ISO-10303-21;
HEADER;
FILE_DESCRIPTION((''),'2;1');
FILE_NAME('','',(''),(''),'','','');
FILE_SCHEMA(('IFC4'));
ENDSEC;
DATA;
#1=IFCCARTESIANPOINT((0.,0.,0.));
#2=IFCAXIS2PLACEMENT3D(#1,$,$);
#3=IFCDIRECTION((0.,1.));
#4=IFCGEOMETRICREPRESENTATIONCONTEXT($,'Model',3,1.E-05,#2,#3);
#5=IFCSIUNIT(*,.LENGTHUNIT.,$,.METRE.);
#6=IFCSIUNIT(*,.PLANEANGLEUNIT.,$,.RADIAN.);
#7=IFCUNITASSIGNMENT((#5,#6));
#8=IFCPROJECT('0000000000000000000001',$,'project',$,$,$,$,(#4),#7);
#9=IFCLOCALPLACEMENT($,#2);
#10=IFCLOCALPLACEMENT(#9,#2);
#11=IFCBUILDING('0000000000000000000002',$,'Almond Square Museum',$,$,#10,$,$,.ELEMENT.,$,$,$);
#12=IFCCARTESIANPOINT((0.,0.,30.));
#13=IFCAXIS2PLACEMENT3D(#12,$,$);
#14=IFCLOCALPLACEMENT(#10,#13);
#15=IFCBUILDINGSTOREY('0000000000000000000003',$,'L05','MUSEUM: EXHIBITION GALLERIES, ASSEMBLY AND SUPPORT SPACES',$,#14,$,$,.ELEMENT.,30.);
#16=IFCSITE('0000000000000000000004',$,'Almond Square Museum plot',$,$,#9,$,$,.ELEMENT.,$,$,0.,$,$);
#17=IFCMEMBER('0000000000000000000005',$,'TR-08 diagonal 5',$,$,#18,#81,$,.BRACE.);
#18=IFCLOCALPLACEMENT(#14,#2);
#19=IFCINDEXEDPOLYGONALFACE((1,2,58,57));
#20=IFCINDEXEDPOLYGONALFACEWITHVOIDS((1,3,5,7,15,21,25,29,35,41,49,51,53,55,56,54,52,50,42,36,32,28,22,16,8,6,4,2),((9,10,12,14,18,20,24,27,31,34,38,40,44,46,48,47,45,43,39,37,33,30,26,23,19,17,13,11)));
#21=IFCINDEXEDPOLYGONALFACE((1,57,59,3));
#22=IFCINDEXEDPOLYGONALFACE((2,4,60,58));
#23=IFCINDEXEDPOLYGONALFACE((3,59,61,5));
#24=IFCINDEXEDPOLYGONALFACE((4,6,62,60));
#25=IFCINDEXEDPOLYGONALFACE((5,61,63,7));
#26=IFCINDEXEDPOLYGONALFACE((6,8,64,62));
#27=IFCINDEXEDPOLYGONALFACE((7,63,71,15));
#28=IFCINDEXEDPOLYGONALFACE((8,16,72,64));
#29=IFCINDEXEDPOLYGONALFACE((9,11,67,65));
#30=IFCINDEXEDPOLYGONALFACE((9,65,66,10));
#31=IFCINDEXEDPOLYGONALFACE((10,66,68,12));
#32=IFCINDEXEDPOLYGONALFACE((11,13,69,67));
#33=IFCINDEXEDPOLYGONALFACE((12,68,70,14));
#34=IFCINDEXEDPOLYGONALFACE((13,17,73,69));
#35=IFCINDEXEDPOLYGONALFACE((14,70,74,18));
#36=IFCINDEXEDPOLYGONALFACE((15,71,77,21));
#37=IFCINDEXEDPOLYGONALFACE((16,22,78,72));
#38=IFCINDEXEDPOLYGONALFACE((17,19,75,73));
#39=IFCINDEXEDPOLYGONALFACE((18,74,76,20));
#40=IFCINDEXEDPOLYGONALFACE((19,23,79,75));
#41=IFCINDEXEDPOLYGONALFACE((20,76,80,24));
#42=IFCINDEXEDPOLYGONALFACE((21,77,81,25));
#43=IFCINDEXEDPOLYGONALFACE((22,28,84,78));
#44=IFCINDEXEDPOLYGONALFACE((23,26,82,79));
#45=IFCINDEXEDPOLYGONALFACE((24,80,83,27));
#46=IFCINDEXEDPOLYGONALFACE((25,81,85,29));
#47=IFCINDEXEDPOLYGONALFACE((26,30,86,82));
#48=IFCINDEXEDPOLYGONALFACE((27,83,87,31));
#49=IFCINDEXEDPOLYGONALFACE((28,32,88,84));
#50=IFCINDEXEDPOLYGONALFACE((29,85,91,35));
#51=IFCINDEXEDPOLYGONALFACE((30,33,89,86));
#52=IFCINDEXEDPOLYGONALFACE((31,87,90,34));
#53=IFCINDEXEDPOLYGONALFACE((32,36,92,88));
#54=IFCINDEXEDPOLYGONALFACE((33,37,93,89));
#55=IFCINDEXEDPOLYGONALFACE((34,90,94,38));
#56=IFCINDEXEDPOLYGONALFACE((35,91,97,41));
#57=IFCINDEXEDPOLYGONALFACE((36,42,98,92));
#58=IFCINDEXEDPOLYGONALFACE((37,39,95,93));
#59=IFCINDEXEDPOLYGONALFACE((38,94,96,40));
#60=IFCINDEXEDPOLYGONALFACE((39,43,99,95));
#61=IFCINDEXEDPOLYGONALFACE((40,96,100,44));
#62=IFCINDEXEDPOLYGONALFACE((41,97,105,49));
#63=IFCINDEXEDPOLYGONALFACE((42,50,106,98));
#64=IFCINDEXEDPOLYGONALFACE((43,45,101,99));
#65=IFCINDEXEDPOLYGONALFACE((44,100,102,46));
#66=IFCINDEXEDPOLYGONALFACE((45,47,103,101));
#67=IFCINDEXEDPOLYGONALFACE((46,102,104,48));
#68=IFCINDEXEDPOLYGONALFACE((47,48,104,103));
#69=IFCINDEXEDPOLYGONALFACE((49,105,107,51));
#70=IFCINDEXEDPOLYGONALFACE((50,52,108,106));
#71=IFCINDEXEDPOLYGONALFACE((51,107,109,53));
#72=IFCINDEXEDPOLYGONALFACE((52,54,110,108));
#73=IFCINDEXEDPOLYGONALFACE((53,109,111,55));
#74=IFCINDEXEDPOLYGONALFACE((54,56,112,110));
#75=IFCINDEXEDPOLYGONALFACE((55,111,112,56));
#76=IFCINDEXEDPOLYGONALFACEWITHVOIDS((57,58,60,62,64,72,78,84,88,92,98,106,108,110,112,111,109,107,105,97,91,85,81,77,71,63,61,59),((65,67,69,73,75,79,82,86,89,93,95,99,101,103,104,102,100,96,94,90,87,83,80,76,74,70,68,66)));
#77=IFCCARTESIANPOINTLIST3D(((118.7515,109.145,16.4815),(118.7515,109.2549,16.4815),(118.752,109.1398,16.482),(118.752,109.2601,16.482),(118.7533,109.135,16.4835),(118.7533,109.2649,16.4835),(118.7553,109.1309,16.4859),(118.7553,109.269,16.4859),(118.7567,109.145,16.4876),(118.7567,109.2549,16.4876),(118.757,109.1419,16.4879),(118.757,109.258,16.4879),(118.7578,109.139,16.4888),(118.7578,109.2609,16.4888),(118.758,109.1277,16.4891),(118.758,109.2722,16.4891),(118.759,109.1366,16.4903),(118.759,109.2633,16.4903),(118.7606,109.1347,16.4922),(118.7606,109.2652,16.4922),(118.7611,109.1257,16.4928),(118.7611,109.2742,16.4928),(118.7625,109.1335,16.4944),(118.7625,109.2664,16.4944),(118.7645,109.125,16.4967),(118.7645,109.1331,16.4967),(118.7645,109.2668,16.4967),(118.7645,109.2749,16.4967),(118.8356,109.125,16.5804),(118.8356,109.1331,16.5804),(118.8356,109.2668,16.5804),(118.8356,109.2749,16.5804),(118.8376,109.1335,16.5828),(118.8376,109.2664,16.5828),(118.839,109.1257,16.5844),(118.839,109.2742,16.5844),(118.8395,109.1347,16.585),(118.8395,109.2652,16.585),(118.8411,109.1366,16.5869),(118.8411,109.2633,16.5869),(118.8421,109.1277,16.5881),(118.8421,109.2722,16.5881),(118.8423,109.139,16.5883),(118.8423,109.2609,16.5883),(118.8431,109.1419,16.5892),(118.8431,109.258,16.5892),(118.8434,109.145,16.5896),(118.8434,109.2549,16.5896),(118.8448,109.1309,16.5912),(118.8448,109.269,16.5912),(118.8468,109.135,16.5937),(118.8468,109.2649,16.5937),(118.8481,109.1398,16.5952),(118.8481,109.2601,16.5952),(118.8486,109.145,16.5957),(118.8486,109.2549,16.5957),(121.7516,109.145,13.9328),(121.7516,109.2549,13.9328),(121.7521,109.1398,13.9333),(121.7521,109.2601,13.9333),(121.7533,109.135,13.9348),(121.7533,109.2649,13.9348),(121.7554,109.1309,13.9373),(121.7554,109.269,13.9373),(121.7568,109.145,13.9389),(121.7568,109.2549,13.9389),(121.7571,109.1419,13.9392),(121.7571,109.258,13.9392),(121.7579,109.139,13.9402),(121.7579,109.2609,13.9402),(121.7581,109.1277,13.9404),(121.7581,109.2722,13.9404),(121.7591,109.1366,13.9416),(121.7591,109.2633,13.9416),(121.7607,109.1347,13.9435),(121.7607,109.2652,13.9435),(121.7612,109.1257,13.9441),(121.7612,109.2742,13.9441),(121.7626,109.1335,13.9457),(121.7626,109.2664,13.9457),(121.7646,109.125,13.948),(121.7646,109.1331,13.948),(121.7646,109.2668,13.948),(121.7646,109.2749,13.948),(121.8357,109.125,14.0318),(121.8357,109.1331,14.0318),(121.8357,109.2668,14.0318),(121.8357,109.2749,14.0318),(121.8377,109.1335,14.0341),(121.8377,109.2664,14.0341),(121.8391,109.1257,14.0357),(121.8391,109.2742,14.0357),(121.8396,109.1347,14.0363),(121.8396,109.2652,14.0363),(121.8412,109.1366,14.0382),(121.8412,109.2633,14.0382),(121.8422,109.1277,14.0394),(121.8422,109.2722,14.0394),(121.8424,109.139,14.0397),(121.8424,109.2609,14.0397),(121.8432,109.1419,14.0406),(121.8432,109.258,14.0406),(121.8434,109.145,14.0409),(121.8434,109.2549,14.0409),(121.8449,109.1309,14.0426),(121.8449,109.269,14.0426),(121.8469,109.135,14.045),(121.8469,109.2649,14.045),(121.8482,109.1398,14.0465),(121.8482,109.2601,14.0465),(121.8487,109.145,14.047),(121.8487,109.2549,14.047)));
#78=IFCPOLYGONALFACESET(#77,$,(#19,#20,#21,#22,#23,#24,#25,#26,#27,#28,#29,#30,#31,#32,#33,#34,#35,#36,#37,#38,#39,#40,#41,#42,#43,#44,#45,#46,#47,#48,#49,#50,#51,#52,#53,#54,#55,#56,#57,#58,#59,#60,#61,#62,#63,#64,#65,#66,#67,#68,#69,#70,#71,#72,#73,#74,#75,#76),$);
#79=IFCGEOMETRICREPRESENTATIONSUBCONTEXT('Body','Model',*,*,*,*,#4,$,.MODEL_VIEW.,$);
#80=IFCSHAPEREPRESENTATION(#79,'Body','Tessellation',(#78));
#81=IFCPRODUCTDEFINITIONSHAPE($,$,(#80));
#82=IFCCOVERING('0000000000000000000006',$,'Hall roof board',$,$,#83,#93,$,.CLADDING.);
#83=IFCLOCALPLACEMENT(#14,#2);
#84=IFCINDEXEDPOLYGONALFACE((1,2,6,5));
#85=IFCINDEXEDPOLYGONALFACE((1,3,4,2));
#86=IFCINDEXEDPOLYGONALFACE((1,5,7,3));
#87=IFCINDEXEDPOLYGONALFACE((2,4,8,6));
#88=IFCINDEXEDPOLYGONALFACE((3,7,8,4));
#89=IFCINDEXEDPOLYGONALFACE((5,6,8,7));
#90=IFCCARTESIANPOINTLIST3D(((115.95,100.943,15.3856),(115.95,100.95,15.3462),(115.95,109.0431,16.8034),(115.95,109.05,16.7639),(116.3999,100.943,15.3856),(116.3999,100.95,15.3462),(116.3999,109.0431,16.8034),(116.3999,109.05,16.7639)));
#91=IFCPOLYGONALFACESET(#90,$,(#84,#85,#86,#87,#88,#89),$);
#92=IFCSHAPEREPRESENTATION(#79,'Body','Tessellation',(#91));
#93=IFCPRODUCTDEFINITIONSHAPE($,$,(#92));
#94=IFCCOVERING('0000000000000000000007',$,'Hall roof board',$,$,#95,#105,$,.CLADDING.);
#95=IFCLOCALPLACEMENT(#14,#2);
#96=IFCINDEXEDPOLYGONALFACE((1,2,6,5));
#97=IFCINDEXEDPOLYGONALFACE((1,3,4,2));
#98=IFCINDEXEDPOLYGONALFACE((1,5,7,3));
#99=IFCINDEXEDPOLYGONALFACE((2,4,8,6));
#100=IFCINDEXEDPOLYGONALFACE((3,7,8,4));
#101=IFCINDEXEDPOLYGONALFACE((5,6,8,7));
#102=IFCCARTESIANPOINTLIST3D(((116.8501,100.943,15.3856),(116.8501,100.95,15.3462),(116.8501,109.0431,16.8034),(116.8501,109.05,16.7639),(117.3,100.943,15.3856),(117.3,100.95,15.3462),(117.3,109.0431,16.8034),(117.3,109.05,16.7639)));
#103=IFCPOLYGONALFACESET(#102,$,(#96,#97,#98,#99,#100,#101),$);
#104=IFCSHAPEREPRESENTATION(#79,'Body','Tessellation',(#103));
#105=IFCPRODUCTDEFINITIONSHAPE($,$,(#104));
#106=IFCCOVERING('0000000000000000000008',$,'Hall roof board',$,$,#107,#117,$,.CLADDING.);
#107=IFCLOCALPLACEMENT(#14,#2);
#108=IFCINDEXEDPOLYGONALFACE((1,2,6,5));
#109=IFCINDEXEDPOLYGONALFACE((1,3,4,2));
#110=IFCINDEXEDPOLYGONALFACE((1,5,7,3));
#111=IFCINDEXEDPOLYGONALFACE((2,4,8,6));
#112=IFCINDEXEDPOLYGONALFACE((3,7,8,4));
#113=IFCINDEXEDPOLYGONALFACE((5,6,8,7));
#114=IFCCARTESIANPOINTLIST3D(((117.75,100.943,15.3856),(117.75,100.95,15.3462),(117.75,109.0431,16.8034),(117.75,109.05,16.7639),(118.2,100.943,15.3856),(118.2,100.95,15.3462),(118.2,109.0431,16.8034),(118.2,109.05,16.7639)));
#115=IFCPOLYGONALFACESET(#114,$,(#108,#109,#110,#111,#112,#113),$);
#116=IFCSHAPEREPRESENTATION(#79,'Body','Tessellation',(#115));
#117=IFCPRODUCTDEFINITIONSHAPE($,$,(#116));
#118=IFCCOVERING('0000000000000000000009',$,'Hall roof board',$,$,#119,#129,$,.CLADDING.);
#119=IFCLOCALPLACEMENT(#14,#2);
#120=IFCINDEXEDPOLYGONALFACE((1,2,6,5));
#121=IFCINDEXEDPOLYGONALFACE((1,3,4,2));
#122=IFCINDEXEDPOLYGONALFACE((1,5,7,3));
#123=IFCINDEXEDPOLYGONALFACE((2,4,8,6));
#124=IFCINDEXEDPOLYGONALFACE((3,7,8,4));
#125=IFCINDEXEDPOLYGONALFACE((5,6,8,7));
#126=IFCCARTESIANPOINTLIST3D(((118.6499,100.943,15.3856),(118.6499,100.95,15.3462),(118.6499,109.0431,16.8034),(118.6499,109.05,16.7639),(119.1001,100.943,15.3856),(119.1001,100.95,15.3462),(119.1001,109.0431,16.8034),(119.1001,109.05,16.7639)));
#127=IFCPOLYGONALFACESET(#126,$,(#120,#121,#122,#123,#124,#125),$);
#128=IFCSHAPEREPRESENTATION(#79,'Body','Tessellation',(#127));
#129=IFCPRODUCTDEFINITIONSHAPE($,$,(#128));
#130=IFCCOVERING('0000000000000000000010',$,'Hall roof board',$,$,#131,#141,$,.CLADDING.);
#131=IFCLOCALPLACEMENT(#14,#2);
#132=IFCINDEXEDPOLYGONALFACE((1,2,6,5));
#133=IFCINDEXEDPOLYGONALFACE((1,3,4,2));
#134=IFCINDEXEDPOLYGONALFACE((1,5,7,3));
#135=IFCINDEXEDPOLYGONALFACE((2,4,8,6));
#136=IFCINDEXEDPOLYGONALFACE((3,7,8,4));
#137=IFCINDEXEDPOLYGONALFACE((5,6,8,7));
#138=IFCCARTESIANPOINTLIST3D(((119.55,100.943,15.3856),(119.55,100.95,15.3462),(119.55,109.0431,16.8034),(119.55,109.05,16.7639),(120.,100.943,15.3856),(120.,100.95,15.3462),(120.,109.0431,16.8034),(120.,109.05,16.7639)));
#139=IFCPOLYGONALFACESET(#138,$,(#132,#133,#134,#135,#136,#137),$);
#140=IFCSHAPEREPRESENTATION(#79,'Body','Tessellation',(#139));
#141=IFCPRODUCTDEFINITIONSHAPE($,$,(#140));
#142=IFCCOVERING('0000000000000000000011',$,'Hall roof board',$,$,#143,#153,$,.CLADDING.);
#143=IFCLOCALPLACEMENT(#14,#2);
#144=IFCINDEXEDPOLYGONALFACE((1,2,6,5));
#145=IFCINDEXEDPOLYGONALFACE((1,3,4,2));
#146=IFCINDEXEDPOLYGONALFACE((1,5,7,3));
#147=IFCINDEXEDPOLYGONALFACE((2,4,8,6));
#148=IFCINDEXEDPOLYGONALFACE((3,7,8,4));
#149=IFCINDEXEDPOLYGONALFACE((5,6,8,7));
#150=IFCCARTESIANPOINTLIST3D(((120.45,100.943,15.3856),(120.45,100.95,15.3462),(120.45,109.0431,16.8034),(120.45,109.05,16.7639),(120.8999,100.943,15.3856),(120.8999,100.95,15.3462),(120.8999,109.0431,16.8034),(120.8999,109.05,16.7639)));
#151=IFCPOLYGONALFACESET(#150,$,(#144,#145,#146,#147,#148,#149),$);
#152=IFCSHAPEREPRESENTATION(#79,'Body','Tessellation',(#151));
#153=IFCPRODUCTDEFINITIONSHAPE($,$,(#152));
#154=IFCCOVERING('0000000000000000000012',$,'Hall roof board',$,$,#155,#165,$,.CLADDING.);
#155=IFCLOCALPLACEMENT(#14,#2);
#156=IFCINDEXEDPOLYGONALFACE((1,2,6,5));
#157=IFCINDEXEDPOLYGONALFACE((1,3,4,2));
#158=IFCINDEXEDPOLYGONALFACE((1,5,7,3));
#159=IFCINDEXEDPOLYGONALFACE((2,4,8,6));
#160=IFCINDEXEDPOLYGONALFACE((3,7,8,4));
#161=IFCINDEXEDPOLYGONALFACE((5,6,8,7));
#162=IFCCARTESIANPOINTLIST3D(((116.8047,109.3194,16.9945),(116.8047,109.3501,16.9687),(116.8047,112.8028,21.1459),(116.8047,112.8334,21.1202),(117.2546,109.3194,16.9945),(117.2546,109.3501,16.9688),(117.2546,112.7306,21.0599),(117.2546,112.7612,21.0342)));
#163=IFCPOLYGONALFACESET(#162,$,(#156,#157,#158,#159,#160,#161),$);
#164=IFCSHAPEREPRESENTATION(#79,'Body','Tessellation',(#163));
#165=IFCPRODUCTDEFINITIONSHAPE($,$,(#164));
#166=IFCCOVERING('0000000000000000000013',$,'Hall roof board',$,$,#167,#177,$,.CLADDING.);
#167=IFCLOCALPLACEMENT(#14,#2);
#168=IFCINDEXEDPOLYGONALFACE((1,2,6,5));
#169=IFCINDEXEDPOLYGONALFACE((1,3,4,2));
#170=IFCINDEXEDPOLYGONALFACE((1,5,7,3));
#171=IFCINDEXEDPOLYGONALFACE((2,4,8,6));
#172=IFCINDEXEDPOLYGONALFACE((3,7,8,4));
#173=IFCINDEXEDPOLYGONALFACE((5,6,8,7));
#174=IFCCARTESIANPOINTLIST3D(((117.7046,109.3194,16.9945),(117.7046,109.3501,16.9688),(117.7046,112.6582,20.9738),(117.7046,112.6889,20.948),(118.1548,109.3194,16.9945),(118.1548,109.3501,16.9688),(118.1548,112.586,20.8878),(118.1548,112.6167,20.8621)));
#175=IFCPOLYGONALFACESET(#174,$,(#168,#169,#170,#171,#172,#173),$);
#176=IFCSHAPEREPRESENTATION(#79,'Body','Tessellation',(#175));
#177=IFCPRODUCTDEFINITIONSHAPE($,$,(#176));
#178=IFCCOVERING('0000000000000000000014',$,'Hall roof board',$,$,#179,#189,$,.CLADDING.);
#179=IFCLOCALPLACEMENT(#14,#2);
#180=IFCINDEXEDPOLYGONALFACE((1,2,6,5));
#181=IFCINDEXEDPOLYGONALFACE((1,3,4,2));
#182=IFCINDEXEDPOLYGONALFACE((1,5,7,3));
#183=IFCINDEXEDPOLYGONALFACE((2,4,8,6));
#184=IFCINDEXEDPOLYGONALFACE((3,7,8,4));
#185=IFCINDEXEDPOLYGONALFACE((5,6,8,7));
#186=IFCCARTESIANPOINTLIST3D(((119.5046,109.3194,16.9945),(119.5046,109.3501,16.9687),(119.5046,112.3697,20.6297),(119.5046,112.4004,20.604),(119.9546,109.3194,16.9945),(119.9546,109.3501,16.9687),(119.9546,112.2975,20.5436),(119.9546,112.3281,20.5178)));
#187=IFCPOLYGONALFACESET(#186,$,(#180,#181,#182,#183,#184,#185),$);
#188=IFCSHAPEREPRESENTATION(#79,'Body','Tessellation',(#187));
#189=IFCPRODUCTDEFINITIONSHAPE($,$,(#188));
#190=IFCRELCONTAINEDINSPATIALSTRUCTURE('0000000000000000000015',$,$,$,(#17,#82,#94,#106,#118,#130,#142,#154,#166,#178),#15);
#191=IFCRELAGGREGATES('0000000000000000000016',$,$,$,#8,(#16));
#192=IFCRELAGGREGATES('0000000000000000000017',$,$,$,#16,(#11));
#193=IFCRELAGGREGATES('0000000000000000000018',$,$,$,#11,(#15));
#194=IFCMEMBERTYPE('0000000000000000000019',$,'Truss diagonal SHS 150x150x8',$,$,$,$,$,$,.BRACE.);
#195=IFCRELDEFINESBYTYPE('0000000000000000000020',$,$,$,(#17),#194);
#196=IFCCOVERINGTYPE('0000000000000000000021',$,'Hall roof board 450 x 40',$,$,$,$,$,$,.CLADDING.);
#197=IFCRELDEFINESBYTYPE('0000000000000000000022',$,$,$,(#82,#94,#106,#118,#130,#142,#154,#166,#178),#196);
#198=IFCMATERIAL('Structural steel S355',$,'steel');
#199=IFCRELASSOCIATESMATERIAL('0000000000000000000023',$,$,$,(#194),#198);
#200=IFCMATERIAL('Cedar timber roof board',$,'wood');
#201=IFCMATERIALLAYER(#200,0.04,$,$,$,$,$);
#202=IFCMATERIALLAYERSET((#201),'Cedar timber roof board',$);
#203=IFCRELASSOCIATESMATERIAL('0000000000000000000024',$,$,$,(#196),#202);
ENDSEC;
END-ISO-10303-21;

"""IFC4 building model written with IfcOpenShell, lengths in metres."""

from ifc_helpers import new_model, si_unit, direction, frame, origin, origin_2d, place, context, subcontext, project, spatial, polyline, hollow_rectangle, outline, extrude, material, layer, layer_set, material_profile, profile_set, type_object, element, save


model = new_model("IFC4")

# Units and contexts
model_context = context("Model", 3, precision=1e-05, world=origin(), true_north=direction((0.0, 1.0)))
body_context = subcontext(model_context, "Body", "Model", "MODEL_VIEW")
ifc_project = project(units=[si_unit("LENGTHUNIT", "METRE"), si_unit("PLANEANGLEUNIT", "RADIAN")], contexts=[model_context])

# Site, building, storey
site_placement = place(None, origin())
site = spatial("IfcSite", under=ifc_project, at=site_placement, Name="Almond Square Museum plot", CompositionType="ELEMENT", RefElevation=0.0)
building_placement = place(site_placement, origin())
building = spatial("IfcBuilding", under=site, at=building_placement, Name="Almond Square Museum", CompositionType="ELEMENT")
storey_placement = place(building_placement, frame((0.0, 0.0, 30.0)))
storey = spatial("IfcBuildingStorey", under=building, at=storey_placement, Name="L05", Description="MUSEUM: EXHIBITION GALLERIES, ASSEMBLY AND SUPPORT SPACES", CompositionType="ELEMENT", Elevation=30.0)

# Member
ifc_material_1 = material(Name="Structural steel S355", Category="steel")
ifc_material_profile_1 = material_profile(ifc_material_1, hollow_rectangle(XDim=0.1499, YDim=0.1499, WallThickness=0.0081, InnerFilletRadius=0.012, OuterFilletRadius=0.02, at=origin_2d()))
ifc_profile_set_1 = profile_set([ifc_material_profile_1], Name="Structural steel S355")
member_type_1 = type_object("IfcMemberType", Name="Truss diagonal SHS 150x150x8", PredefinedType="BRACE", material=ifc_profile_set_1)
member_1_placement = place(storey_placement, frame((118.8, 109.2, 16.5386), z_axis=(0.762117, 0.0, -0.64744), x_axis=(0.0, 1.0, 0.0)))
element("IfcMember", 1, at=member_1_placement, inside=storey, type_object=member_type_1, Name="TR-08 diagonal 5", PredefinedType="BRACE", context=body_context, shape_type="SweptSolid", body=[
    extrude(hollow_rectangle(XDim=0.1499, YDim=0.1499, WallThickness=0.0081, InnerFilletRadius=0.012, OuterFilletRadius=0.02, at=origin_2d()), origin(), (0.0, 0.0, 1.0), 3.9365),
])

# Coverings
ifc_material_2 = material(Name="Cedar timber roof board", Category="wood")
ifc_layer = layer(ifc_material_2, 0.04)
ifc_layer_set = layer_set([ifc_layer], Name="Cedar timber roof board")
covering_type = type_object("IfcCoveringType", Name="Hall roof board 450 x 40", PredefinedType="CLADDING", material=ifc_layer_set)
for number, where, z_axis, x_axis, name in (
    (2, (116.3999, 109.05, 16.7639), (0.0, -0.172405, 0.985026), (-1.0, 0.0, 0.0), "Hall roof board"),
    (3, (117.3, 109.05, 16.7639), (0.0, -0.172405, 0.985026), (-1.0, 0.0, 0.0), "Hall roof board"),
    (4, (118.2, 109.05, 16.7639), (0.0, -0.172405, 0.985026), (-1.0, 0.0, 0.0), "Hall roof board"),
):
    element("IfcCovering", number, at=place(storey_placement, frame(where, z_axis=z_axis, x_axis=x_axis)), inside=storey, type_object=covering_type, Name=name, PredefinedType="CLADDING", context=body_context, shape_type="SweptSolid", body=[
        extrude(outline(polyline([(0.0, 0.0), (0.45, 0.0), (0.45, 8.2232), (0.0, 8.2232), (0.0, 0.0)])), origin(), (0.0, 0.0, 1.0), 0.04),
    ])
covering_1_placement = place(storey_placement, frame((119.1001, 109.05, 16.7639), z_axis=(0.0, -0.172405, 0.985026), x_axis=(-1.0, 0.0, 0.0)))
element("IfcCovering", 5, at=covering_1_placement, inside=storey, type_object=covering_type, Name="Hall roof board", PredefinedType="CLADDING", context=body_context, shape_type="SweptSolid", body=[
    extrude(outline(polyline([(0.0, 0.0), (0.4502, 0.0), (0.4502, 8.2232), (0.0, 8.2232), (0.0, 0.0)])), origin(), (0.0, 0.0, 1.0), 0.04),
])
for number, where, z_axis, x_axis, name in (
    (6, (120.0, 109.05, 16.7639), (0.0, -0.172405, 0.985026), (-1.0, 0.0, 0.0), "Hall roof board"),
    (7, (120.8999, 109.05, 16.7639), (0.0, -0.172405, 0.985026), (-1.0, 0.0, 0.0), "Hall roof board"),
):
    element("IfcCovering", number, at=place(storey_placement, frame(where, z_axis=z_axis, x_axis=x_axis)), inside=storey, type_object=covering_type, Name=name, PredefinedType="CLADDING", context=body_context, shape_type="SweptSolid", body=[
        extrude(outline(polyline([(0.0, 0.0), (0.45, 0.0), (0.45, 8.2232), (0.0, 8.2232), (0.0, 0.0)])), origin(), (0.0, 0.0, 1.0), 0.04),
    ])
covering_2_placement = place(storey_placement, frame((117.2546, 112.7612, 21.0342), z_axis=(-0.000134, -0.766053, 0.642778), x_axis=(-0.970246, 0.155729, 0.185394)))
element("IfcCovering", 8, at=covering_2_placement, inside=storey, type_object=covering_type, Name="Hall roof board", PredefinedType="CLADDING", context=body_context, shape_type="SweptSolid", body=[
    extrude(outline(polyline([(0.0, 0.0), (0.4637, 0.0), (-0.8484, 5.258), (-1.2849, 5.149), (0.0, 0.0)])), origin(), (0.0, 0.0, 1.0), 0.04),
])
covering_3_placement = place(storey_placement, frame((118.1548, 112.6167, 20.8621), z_axis=(-0.000136, -0.766063, 0.642765), x_axis=(-0.970277, 0.155648, 0.1853)))
element("IfcCovering", 9, at=covering_3_placement, inside=storey, type_object=covering_type, Name="Hall roof board", PredefinedType="CLADDING", context=body_context, shape_type="SweptSolid", body=[
    extrude(outline(polyline([(0.0, 0.0), (0.464, 0.0), (-0.7931, 5.0401), (-1.2299, 4.9311), (0.0, 0.0)])), origin(), (0.0, 0.0, 1.0), 0.04),
])
covering_4_placement = place(storey_placement, frame((119.9546, 112.3281, 20.5178), z_axis=(0.000042, -0.766047, 0.642785), x_axis=(-0.970151, 0.155845, 0.185793)))
element("IfcCovering", 10, at=covering_4_placement, inside=storey, type_object=covering_type, Name="Hall roof board", PredefinedType="CLADDING", context=body_context, shape_type="SweptSolid", body=[
    extrude(outline(polyline([(0.0, 0.0), (0.4638, 0.0), (-0.687, 4.6038), (-1.1235, 4.4947), (0.0, 0.0)])), origin(), (0.0, 0.0, 1.0), 0.04),
])

save(model, "model.ifc")
